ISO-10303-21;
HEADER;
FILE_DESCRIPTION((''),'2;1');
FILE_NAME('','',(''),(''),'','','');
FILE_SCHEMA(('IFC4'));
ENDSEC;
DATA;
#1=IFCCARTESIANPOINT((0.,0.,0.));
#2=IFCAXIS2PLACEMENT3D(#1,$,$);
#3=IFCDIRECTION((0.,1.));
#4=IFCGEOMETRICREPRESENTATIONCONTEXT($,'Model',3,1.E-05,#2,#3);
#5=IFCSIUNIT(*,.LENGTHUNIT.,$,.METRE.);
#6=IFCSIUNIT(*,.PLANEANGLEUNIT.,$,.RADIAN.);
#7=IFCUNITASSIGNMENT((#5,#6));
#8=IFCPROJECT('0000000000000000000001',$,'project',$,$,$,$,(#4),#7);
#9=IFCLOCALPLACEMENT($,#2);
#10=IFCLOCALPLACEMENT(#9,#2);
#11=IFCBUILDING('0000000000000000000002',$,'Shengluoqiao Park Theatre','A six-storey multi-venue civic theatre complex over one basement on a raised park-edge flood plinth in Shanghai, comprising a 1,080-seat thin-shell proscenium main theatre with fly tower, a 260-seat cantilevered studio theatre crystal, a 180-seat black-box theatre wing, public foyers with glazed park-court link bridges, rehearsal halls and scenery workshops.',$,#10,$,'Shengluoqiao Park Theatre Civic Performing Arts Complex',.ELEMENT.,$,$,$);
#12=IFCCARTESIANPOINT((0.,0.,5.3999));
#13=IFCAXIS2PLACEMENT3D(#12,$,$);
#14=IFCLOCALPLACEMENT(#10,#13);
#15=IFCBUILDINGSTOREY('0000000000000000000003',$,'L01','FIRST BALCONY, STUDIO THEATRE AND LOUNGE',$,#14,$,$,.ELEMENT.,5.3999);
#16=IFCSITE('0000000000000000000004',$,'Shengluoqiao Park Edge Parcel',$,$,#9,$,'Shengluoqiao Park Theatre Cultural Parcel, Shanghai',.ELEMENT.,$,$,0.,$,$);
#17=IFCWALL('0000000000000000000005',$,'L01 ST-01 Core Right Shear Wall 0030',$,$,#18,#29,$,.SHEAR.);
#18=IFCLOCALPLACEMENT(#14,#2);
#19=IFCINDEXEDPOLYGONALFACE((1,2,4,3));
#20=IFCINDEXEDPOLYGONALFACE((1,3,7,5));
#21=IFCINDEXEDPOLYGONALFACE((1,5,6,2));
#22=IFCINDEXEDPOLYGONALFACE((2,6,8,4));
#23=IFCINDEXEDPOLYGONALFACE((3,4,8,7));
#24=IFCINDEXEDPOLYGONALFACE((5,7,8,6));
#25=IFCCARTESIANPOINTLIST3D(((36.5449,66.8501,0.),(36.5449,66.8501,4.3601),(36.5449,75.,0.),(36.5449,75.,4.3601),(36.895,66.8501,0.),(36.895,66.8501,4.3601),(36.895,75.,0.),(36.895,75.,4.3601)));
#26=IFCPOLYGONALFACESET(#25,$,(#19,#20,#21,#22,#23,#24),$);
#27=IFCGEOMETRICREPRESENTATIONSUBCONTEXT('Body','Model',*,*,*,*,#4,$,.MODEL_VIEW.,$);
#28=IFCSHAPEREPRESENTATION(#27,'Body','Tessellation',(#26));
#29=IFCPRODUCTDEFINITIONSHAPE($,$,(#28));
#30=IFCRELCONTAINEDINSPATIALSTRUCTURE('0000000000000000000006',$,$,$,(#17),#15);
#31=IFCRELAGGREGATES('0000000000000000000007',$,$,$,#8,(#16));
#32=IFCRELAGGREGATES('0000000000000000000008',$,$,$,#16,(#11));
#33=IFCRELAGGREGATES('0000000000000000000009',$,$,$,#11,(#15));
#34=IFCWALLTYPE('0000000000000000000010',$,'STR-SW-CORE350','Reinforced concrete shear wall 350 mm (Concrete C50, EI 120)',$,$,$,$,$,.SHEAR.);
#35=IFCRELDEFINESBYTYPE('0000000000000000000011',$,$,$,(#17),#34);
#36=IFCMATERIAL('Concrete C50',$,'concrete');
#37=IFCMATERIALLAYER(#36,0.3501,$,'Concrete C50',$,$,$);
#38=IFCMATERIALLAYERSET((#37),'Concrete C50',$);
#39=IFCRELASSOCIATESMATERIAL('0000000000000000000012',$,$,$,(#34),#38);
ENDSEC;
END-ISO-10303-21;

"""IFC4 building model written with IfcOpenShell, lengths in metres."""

from ifc_helpers import new_model, si_unit, direction, frame, frame_2d, origin, place, context, subcontext, project, spatial, rectangle, extrude, material, layer, layer_set, type_object, element, save


model = new_model("IFC4")

# Units and contexts
model_context = context("Model", 3, precision=1e-05, world=origin(), true_north=direction((0.0, 1.0)))
body_context = subcontext(model_context, "Body", "Model", "MODEL_VIEW")
ifc_project = project(units=[si_unit("LENGTHUNIT", "METRE"), si_unit("PLANEANGLEUNIT", "RADIAN")], contexts=[model_context])

# Site, building, storey
site_placement = place(None, origin())
site = spatial("IfcSite", under=ifc_project, at=site_placement, Name="Shengluoqiao Park Edge Parcel", LongName="Shengluoqiao Park Theatre Cultural Parcel, Shanghai", CompositionType="ELEMENT", RefElevation=0.0)
building_placement = place(site_placement, origin())
building = spatial("IfcBuilding", under=site, at=building_placement, Name="Shengluoqiao Park Theatre", Description="A six-storey multi-venue civic theatre complex over one basement on a raised park-edge flood plinth in Shanghai, comprising a 1,080-seat thin-shell proscenium main theatre with fly tower, a 260-seat cantilevered studio theatre crystal, a 180-seat black-box theatre wing, public foyers with glazed park-court link bridges, rehearsal halls and scenery workshops.", LongName="Shengluoqiao Park Theatre Civic Performing Arts Complex", CompositionType="ELEMENT")
storey_placement = place(building_placement, frame((0.0, 0.0, 5.3999)))
storey = spatial("IfcBuildingStorey", under=building, at=storey_placement, Name="L01", Description="FIRST BALCONY, STUDIO THEATRE AND LOUNGE", CompositionType="ELEMENT", Elevation=5.3999)

# Wall
ifc_material_1 = material(Name="Concrete C50", Category="concrete")
ifc_layer_1 = layer(ifc_material_1, 0.3501, Name="Concrete C50")
ifc_layer_set_1 = layer_set([ifc_layer_1], Name="Concrete C50")
wall_type_1 = type_object("IfcWallType", Name="STR-SW-CORE350", Description="Reinforced concrete shear wall 350 mm (Concrete C50, EI 120)", PredefinedType="SHEAR", material=ifc_layer_set_1)
wall_1_placement = place(storey_placement, frame((36.72, 75.0, 0.0), z_axis=(0.0, 0.0, 1.0), x_axis=(0.0, -1.0, 0.0)))
element("IfcWall", 1, at=wall_1_placement, inside=storey, type_object=wall_type_1, Name="L01 ST-01 Core Right Shear Wall 0030", PredefinedType="SHEAR", context=body_context, shape_type="SweptSolid", body=[
    extrude(rectangle(XDim=8.1499, YDim=0.3501, at=frame_2d((4.075, 0.0))), origin(), (0.0, 0.0, 1.0), 4.3601),
])

save(model, "model.ifc")
